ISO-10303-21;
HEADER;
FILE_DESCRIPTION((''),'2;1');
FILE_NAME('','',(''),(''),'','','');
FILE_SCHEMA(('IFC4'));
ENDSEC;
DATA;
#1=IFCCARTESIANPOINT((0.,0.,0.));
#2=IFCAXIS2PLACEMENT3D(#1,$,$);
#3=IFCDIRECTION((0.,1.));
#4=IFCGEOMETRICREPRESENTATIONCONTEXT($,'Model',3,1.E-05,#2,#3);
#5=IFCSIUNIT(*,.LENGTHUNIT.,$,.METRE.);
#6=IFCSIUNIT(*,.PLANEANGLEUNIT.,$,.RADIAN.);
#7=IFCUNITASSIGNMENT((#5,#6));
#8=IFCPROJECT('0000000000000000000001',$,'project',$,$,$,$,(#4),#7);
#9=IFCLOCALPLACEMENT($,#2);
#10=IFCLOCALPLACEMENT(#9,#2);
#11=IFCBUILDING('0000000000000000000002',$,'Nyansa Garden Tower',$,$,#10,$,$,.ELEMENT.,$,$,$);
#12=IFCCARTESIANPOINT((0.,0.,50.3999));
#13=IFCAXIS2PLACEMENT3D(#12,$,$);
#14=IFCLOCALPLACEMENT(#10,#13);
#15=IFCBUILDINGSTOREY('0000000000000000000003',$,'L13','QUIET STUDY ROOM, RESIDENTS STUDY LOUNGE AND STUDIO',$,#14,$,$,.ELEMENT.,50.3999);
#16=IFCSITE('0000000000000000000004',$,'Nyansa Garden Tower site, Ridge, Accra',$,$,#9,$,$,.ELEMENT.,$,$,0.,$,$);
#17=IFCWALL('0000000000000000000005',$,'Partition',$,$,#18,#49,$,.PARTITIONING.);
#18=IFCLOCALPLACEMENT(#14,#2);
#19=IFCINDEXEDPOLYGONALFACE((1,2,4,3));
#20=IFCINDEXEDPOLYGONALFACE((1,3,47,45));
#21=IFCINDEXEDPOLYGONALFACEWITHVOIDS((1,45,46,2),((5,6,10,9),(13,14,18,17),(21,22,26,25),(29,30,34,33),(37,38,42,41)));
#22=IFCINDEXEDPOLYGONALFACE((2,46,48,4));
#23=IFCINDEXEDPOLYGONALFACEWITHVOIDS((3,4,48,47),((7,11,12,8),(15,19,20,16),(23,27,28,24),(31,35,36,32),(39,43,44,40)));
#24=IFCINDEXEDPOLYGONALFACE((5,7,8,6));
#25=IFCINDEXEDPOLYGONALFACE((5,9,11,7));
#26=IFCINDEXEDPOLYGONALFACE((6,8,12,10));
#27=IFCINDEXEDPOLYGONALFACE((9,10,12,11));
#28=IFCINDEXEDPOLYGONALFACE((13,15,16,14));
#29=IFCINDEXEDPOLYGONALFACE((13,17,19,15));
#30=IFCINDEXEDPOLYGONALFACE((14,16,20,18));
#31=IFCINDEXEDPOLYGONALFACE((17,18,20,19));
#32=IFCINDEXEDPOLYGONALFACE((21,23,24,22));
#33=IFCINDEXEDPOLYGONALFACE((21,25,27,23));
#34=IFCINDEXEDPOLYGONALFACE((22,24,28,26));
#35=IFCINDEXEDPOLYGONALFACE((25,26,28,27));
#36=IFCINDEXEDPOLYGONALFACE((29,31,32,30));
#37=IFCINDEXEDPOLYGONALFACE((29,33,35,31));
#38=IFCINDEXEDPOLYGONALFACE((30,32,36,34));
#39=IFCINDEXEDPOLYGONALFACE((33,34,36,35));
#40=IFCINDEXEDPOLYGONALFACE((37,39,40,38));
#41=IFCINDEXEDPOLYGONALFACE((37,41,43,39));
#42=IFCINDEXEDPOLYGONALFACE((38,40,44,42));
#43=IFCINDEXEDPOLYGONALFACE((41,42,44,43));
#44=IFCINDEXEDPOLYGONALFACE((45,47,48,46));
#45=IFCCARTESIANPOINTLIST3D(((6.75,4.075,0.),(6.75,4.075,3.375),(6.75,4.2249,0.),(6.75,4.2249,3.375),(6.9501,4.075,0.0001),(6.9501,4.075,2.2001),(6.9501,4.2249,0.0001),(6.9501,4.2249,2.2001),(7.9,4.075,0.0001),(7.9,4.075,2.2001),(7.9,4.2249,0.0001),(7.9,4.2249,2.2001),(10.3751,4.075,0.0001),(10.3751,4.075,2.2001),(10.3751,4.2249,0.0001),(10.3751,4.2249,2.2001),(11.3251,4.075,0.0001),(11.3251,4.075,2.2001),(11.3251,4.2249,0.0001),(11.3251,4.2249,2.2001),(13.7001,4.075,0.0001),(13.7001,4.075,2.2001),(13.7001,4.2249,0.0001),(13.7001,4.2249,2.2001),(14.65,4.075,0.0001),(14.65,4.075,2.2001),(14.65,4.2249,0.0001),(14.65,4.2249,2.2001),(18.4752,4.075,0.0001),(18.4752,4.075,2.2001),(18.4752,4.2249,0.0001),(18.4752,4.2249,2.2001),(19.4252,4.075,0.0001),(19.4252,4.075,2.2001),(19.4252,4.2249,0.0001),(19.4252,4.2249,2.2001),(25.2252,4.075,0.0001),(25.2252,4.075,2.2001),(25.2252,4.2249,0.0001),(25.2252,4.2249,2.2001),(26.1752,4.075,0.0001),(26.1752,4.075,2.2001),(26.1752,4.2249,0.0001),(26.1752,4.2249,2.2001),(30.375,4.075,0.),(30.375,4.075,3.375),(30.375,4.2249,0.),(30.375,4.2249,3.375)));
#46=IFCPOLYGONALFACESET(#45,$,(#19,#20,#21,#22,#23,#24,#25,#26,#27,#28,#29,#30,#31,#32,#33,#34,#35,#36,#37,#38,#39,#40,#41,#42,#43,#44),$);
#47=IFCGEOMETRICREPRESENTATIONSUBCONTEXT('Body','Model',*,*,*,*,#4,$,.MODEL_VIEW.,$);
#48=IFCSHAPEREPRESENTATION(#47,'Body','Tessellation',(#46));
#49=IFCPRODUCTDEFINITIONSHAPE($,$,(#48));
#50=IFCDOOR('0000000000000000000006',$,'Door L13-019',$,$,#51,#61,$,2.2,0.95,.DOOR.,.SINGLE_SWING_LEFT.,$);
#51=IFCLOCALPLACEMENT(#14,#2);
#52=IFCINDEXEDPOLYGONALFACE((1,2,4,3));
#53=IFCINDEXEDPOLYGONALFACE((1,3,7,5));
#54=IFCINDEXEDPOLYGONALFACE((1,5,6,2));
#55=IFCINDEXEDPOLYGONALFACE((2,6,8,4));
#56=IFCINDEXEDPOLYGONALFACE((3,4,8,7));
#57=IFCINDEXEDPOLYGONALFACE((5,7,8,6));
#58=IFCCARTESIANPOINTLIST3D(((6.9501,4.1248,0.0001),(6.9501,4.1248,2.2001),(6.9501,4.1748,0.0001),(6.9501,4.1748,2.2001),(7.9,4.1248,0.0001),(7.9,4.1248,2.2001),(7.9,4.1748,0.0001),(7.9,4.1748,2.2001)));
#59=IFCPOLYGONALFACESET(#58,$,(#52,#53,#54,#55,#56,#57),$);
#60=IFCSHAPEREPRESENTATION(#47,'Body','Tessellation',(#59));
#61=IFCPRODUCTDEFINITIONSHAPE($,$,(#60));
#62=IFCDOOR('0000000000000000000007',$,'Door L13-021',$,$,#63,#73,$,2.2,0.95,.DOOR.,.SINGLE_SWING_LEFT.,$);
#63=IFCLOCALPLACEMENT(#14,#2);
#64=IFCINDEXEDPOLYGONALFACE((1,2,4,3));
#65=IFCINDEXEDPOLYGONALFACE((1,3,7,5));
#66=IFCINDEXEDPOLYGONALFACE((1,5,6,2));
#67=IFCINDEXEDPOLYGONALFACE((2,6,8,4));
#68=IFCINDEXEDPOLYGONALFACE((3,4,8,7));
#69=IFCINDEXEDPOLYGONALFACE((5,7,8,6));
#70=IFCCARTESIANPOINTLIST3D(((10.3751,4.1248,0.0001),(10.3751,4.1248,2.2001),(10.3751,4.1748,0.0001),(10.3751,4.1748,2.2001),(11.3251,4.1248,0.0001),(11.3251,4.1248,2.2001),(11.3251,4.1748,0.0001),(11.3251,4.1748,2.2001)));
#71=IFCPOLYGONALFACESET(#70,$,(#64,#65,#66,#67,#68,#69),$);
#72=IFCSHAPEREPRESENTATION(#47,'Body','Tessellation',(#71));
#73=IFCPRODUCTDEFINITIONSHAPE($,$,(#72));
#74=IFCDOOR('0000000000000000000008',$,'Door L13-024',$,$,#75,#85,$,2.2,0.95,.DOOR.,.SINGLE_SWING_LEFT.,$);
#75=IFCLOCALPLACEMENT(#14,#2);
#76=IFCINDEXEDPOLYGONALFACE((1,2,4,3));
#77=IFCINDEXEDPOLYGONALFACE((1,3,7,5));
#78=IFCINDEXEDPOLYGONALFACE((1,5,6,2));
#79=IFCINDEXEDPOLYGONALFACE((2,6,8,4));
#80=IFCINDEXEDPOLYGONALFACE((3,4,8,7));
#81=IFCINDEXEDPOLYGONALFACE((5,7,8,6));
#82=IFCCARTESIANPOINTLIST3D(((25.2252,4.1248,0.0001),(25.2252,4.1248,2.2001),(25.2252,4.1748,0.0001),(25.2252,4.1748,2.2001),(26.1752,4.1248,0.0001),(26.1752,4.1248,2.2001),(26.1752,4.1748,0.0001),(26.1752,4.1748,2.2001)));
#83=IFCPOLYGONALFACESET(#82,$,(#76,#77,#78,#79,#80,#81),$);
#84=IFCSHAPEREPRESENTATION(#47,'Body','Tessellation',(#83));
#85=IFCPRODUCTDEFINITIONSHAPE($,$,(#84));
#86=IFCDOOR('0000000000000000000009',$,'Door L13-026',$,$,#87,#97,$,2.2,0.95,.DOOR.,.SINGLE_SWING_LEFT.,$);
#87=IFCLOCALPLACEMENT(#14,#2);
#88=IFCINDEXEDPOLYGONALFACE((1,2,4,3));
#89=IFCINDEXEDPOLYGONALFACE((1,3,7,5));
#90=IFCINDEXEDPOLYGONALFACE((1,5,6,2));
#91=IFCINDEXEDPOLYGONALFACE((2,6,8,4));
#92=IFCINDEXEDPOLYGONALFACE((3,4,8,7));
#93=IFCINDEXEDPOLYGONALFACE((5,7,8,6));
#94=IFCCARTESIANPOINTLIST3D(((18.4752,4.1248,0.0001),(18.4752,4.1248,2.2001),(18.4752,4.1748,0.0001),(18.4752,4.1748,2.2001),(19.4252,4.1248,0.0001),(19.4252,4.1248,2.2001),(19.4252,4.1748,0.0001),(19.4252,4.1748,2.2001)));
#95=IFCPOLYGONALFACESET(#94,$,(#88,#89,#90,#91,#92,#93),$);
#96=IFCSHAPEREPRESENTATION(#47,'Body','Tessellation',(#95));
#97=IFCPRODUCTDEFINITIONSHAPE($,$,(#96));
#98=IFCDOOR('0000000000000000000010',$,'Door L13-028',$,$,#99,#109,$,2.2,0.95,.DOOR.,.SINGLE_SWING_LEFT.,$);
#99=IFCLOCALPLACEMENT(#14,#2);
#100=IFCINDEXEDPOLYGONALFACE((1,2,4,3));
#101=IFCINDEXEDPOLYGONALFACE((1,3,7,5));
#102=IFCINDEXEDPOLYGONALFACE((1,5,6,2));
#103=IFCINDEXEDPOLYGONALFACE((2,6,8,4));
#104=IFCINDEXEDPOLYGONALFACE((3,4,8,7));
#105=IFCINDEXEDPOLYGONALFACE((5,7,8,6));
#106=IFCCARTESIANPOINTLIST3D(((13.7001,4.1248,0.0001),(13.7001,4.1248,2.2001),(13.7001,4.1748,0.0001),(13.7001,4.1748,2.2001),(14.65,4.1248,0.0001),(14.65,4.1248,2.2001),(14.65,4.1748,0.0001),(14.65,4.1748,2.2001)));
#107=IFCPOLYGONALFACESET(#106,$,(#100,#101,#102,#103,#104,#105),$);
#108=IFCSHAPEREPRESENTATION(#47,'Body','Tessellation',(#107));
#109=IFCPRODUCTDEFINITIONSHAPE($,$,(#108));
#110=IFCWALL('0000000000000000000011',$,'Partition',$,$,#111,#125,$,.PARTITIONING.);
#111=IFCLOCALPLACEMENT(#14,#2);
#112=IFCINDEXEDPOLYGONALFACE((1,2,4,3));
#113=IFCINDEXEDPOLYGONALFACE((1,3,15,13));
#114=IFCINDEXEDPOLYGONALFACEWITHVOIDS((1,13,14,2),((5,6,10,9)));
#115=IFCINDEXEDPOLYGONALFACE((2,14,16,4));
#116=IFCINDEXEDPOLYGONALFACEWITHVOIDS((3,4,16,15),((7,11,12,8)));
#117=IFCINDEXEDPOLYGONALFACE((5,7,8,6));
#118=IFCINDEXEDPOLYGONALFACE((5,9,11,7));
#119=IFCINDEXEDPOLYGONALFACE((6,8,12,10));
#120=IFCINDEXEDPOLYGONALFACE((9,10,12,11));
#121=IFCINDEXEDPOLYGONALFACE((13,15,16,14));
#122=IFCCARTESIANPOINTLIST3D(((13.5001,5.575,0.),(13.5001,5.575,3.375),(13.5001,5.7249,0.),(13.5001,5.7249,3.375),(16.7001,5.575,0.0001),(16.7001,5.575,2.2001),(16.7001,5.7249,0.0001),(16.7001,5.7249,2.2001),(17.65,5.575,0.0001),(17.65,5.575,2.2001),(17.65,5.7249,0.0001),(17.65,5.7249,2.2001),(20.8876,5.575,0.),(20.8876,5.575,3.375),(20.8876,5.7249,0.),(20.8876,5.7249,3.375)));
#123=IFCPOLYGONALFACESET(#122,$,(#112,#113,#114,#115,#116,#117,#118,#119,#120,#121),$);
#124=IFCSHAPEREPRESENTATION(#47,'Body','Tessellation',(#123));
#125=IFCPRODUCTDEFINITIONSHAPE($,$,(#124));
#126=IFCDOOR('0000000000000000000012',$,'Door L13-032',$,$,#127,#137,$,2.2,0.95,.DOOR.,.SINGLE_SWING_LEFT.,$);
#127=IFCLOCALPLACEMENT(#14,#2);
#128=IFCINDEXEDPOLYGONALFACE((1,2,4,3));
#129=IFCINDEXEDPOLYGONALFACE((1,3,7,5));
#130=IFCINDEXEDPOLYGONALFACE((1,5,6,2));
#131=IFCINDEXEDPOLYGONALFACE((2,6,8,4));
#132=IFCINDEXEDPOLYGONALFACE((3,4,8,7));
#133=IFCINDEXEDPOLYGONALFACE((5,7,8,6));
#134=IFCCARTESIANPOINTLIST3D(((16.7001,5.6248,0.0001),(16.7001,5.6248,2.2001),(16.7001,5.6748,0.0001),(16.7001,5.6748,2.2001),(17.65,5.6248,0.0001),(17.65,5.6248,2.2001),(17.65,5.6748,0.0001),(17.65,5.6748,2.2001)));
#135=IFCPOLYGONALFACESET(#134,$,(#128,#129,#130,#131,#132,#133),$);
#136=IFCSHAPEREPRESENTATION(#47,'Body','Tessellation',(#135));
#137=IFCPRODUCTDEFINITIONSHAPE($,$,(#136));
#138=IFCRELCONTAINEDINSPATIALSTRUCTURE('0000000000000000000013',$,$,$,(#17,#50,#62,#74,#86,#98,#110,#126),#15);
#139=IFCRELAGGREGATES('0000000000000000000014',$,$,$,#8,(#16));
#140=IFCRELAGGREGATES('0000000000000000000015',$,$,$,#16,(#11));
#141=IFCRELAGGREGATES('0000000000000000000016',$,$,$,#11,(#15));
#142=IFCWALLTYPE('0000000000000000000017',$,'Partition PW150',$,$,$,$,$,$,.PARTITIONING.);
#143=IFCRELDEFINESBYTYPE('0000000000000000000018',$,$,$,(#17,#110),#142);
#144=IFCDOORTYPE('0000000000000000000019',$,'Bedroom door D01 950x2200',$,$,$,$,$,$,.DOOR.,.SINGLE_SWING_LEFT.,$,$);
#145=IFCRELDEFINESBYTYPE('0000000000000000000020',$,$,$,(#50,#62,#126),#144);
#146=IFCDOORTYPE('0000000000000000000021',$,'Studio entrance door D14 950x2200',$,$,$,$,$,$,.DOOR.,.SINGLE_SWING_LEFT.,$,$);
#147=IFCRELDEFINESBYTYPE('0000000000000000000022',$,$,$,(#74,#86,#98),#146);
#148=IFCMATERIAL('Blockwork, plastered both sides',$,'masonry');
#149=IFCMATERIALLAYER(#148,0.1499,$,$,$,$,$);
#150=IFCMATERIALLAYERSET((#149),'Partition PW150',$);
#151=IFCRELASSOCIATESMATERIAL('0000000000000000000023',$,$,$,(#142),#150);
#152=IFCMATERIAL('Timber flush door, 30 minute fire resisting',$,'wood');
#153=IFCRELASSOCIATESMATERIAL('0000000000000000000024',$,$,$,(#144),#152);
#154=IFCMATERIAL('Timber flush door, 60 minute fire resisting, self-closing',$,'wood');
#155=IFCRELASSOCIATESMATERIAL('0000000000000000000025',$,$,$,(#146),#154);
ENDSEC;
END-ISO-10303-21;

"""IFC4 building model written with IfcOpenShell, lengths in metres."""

from ifc_helpers import new_model, si_unit, direction, frame, frame_2d, origin, place, context, subcontext, project, spatial, rectangle, extrude, material, layer, layer_set, type_object, element, fill, save


model = new_model("IFC4")

# Units and contexts
model_context = context("Model", 3, precision=1e-05, world=origin(), true_north=direction((0.0, 1.0)))
body_context = subcontext(model_context, "Body", "Model", "MODEL_VIEW")
ifc_project = project(units=[si_unit("LENGTHUNIT", "METRE"), si_unit("PLANEANGLEUNIT", "RADIAN")], contexts=[model_context])

# Site, building, storey
site_placement = place(None, origin())
site = spatial("IfcSite", under=ifc_project, at=site_placement, Name="Nyansa Garden Tower site, Ridge, Accra", CompositionType="ELEMENT", RefElevation=0.0)
building_placement = place(site_placement, origin())
building = spatial("IfcBuilding", under=site, at=building_placement, Name="Nyansa Garden Tower", CompositionType="ELEMENT")
storey_placement = place(building_placement, frame((0.0, 0.0, 50.3999)))
storey = spatial("IfcBuildingStorey", under=building, at=storey_placement, Name="L13", Description="QUIET STUDY ROOM, RESIDENTS STUDY LOUNGE AND STUDIO", CompositionType="ELEMENT", Elevation=50.3999)

# Wall, openings, doors
ifc_material_1 = material(Name="Blockwork, plastered both sides", Category="masonry")
ifc_layer_1 = layer(ifc_material_1, 0.1499)
ifc_layer_set_1 = layer_set([ifc_layer_1], Name="Partition PW150")
wall_type_1 = type_object("IfcWallType", Name="Partition PW150", PredefinedType="PARTITIONING", material=ifc_layer_set_1)
wall_1_placement = place(storey_placement, frame((6.75, 4.1499, 0.0), z_axis=(0.0, 0.0, 1.0), x_axis=(1.0, 0.0, 0.0)))
wall_1 = element("IfcWall", 1, at=wall_1_placement, inside=storey, type_object=wall_type_1, Name="Partition", PredefinedType="PARTITIONING", context=body_context, shape_type="SweptSolid", body=[
    extrude(rectangle(XDim=23.625, YDim=0.1499, at=frame_2d((11.8125, 0.0))), origin(), (0.0, 0.0, 1.0), 3.375),
])
opening_1_placement = place(wall_1_placement, frame((0.2, 0.0, 0.0)))
opening_1 = element("IfcOpeningElement", 2, at=opening_1_placement, cuts=wall_1, PredefinedType="OPENING", context=body_context, shape_type="SweptSolid", body=[
    extrude(rectangle(XDim=0.95, YDim=2.2, at=frame_2d((0.4751, 1.1001))), frame((0.0, 0.085, 0.0), z_axis=(0.0, -1.0, 0.0), x_axis=(1.0, 0.0, 0.0)), (0.0, 0.0, 1.0), 0.1699),
])
opening_2_placement = place(wall_1_placement, frame((3.625, 0.0, 0.0)))
opening_2 = element("IfcOpeningElement", 3, at=opening_2_placement, cuts=wall_1, PredefinedType="OPENING", context=body_context, shape_type="SweptSolid", body=[
    extrude(rectangle(XDim=0.95, YDim=2.2, at=frame_2d((0.4751, 1.1001))), frame((0.0, 0.085, 0.0), z_axis=(0.0, -1.0, 0.0), x_axis=(1.0, 0.0, 0.0)), (0.0, 0.0, 1.0), 0.1699),
])
opening_3_placement = place(wall_1_placement, frame((18.4751, 0.0, 0.0)))
opening_3 = element("IfcOpeningElement", 4, at=opening_3_placement, cuts=wall_1, PredefinedType="OPENING", context=body_context, shape_type="SweptSolid", body=[
    extrude(rectangle(XDim=0.95, YDim=2.2, at=frame_2d((0.4751, 1.1001))), frame((0.0, 0.085, 0.0), z_axis=(0.0, -1.0, 0.0), x_axis=(1.0, 0.0, 0.0)), (0.0, 0.0, 1.0), 0.1699),
])
opening_4_placement = place(wall_1_placement, frame((11.7251, 0.0, 0.0)))
opening_4 = element("IfcOpeningElement", 5, at=opening_4_placement, cuts=wall_1, PredefinedType="OPENING", context=body_context, shape_type="SweptSolid", body=[
    extrude(rectangle(XDim=0.95, YDim=2.2, at=frame_2d((0.4751, 1.1001))), frame((0.0, 0.085, 0.0), z_axis=(0.0, -1.0, 0.0), x_axis=(1.0, 0.0, 0.0)), (0.0, 0.0, 1.0), 0.1699),
])
opening_5_placement = place(wall_1_placement, frame((6.95, 0.0, 0.0)))
opening_5 = element("IfcOpeningElement", 6, at=opening_5_placement, cuts=wall_1, PredefinedType="OPENING", context=body_context, shape_type="SweptSolid", body=[
    extrude(rectangle(XDim=0.95, YDim=2.2, at=frame_2d((0.4751, 1.1001))), frame((0.0, 0.085, 0.0), z_axis=(0.0, -1.0, 0.0), x_axis=(1.0, 0.0, 0.0)), (0.0, 0.0, 1.0), 0.1699),
])
ifc_material_2 = material(Name="Timber flush door, 30 minute fire resisting", Category="wood")
door_type_1 = type_object("IfcDoorType", Name="Bedroom door D01 950x2200", OperationType="SINGLE_SWING_LEFT", PredefinedType="DOOR", material=ifc_material_2)
door_1_placement = place(opening_1_placement, origin())
door_1 = element("IfcDoor", 7, at=door_1_placement, inside=storey, type_object=door_type_1, Name="Door L13-019", OperationType="SINGLE_SWING_LEFT", OverallHeight=2.2, OverallWidth=0.95, PredefinedType="DOOR", context=body_context, shape_type="SweptSolid", body=[
    extrude(rectangle(XDim=0.95, YDim=2.2, at=frame_2d((0.4751, 1.1001))), frame((0.0, 0.0249, 0.0), z_axis=(0.0, -1.0, 0.0), x_axis=(1.0, 0.0, 0.0)), (0.0, 0.0, 1.0), 0.05),
])
fill(opening_1, door_1)
door_2_placement = place(opening_2_placement, origin())
door_2 = element("IfcDoor", 8, at=door_2_placement, inside=storey, type_object=door_type_1, Name="Door L13-021", OperationType="SINGLE_SWING_LEFT", OverallHeight=2.2, OverallWidth=0.95, PredefinedType="DOOR", context=body_context, shape_type="SweptSolid", body=[
    extrude(rectangle(XDim=0.95, YDim=2.2, at=frame_2d((0.4751, 1.1001))), frame((0.0, 0.0249, 0.0), z_axis=(0.0, -1.0, 0.0), x_axis=(1.0, 0.0, 0.0)), (0.0, 0.0, 1.0), 0.05),
])
fill(opening_2, door_2)
ifc_material_3 = material(Name="Timber flush door, 60 minute fire resisting, self-closing", Category="wood")
door_type_2 = type_object("IfcDoorType", Name="Studio entrance door D14 950x2200", OperationType="SINGLE_SWING_LEFT", PredefinedType="DOOR", material=ifc_material_3)
door_3_placement = place(opening_3_placement, origin())
door_3 = element("IfcDoor", 9, at=door_3_placement, inside=storey, type_object=door_type_2, Name="Door L13-024", OperationType="SINGLE_SWING_LEFT", OverallHeight=2.2, OverallWidth=0.95, PredefinedType="DOOR", context=body_context, shape_type="SweptSolid", body=[
    extrude(rectangle(XDim=0.95, YDim=2.2, at=frame_2d((0.4751, 1.1001))), frame((0.0, 0.0249, 0.0), z_axis=(0.0, -1.0, 0.0), x_axis=(1.0, 0.0, 0.0)), (0.0, 0.0, 1.0), 0.05),
])
fill(opening_3, door_3)
door_4_placement = place(opening_4_placement, origin())
door_4 = element("IfcDoor", 10, at=door_4_placement, inside=storey, type_object=door_type_2, Name="Door L13-026", OperationType="SINGLE_SWING_LEFT", OverallHeight=2.2, OverallWidth=0.95, PredefinedType="DOOR", context=body_context, shape_type="SweptSolid", body=[
    extrude(rectangle(XDim=0.95, YDim=2.2, at=frame_2d((0.4751, 1.1001))), frame((0.0, 0.0249, 0.0), z_axis=(0.0, -1.0, 0.0), x_axis=(1.0, 0.0, 0.0)), (0.0, 0.0, 1.0), 0.05),
])
fill(opening_4, door_4)
door_5_placement = place(opening_5_placement, origin())
door_5 = element("IfcDoor", 11, at=door_5_placement, inside=storey, type_object=door_type_2, Name="Door L13-028", OperationType="SINGLE_SWING_LEFT", OverallHeight=2.2, OverallWidth=0.95, PredefinedType="DOOR", context=body_context, shape_type="SweptSolid", body=[
    extrude(rectangle(XDim=0.95, YDim=2.2, at=frame_2d((0.4751, 1.1001))), frame((0.0, 0.0249, 0.0), z_axis=(0.0, -1.0, 0.0), x_axis=(1.0, 0.0, 0.0)), (0.0, 0.0, 1.0), 0.05),
])
fill(opening_5, door_5)

# Wall, opening, door
wall_2_placement = place(storey_placement, frame((13.5, 5.6499, 0.0), z_axis=(0.0, 0.0, 1.0), x_axis=(1.0, 0.0, 0.0)))
wall_2 = element("IfcWall", 12, at=wall_2_placement, inside=storey, type_object=wall_type_1, Name="Partition", PredefinedType="PARTITIONING", context=body_context, shape_type="SweptSolid", body=[
    extrude(rectangle(XDim=7.3875, YDim=0.1499, at=frame_2d((3.6938, 0.0))), origin(), (0.0, 0.0, 1.0), 3.375),
])
opening_6_placement = place(wall_2_placement, frame((3.2, 0.0, 0.0)))
opening_6 = element("IfcOpeningElement", 13, at=opening_6_placement, cuts=wall_2, PredefinedType="OPENING", context=body_context, shape_type="SweptSolid", body=[
    extrude(rectangle(XDim=0.95, YDim=2.2, at=frame_2d((0.4751, 1.1001))), frame((0.0, 0.085, 0.0), z_axis=(0.0, -1.0, 0.0), x_axis=(1.0, 0.0, 0.0)), (0.0, 0.0, 1.0), 0.1699),
])
door_6_placement = place(opening_6_placement, origin())
door_6 = element("IfcDoor", 14, at=door_6_placement, inside=storey, type_object=door_type_1, Name="Door L13-032", OperationType="SINGLE_SWING_LEFT", OverallHeight=2.2, OverallWidth=0.95, PredefinedType="DOOR", context=body_context, shape_type="SweptSolid", body=[
    extrude(rectangle(XDim=0.95, YDim=2.2, at=frame_2d((0.4751, 1.1001))), frame((0.0, 0.0249, 0.0), z_axis=(0.0, -1.0, 0.0), x_axis=(1.0, 0.0, 0.0)), (0.0, 0.0, 1.0), 0.05),
])
fill(opening_6, door_6)

save(model, "model.ifc")
